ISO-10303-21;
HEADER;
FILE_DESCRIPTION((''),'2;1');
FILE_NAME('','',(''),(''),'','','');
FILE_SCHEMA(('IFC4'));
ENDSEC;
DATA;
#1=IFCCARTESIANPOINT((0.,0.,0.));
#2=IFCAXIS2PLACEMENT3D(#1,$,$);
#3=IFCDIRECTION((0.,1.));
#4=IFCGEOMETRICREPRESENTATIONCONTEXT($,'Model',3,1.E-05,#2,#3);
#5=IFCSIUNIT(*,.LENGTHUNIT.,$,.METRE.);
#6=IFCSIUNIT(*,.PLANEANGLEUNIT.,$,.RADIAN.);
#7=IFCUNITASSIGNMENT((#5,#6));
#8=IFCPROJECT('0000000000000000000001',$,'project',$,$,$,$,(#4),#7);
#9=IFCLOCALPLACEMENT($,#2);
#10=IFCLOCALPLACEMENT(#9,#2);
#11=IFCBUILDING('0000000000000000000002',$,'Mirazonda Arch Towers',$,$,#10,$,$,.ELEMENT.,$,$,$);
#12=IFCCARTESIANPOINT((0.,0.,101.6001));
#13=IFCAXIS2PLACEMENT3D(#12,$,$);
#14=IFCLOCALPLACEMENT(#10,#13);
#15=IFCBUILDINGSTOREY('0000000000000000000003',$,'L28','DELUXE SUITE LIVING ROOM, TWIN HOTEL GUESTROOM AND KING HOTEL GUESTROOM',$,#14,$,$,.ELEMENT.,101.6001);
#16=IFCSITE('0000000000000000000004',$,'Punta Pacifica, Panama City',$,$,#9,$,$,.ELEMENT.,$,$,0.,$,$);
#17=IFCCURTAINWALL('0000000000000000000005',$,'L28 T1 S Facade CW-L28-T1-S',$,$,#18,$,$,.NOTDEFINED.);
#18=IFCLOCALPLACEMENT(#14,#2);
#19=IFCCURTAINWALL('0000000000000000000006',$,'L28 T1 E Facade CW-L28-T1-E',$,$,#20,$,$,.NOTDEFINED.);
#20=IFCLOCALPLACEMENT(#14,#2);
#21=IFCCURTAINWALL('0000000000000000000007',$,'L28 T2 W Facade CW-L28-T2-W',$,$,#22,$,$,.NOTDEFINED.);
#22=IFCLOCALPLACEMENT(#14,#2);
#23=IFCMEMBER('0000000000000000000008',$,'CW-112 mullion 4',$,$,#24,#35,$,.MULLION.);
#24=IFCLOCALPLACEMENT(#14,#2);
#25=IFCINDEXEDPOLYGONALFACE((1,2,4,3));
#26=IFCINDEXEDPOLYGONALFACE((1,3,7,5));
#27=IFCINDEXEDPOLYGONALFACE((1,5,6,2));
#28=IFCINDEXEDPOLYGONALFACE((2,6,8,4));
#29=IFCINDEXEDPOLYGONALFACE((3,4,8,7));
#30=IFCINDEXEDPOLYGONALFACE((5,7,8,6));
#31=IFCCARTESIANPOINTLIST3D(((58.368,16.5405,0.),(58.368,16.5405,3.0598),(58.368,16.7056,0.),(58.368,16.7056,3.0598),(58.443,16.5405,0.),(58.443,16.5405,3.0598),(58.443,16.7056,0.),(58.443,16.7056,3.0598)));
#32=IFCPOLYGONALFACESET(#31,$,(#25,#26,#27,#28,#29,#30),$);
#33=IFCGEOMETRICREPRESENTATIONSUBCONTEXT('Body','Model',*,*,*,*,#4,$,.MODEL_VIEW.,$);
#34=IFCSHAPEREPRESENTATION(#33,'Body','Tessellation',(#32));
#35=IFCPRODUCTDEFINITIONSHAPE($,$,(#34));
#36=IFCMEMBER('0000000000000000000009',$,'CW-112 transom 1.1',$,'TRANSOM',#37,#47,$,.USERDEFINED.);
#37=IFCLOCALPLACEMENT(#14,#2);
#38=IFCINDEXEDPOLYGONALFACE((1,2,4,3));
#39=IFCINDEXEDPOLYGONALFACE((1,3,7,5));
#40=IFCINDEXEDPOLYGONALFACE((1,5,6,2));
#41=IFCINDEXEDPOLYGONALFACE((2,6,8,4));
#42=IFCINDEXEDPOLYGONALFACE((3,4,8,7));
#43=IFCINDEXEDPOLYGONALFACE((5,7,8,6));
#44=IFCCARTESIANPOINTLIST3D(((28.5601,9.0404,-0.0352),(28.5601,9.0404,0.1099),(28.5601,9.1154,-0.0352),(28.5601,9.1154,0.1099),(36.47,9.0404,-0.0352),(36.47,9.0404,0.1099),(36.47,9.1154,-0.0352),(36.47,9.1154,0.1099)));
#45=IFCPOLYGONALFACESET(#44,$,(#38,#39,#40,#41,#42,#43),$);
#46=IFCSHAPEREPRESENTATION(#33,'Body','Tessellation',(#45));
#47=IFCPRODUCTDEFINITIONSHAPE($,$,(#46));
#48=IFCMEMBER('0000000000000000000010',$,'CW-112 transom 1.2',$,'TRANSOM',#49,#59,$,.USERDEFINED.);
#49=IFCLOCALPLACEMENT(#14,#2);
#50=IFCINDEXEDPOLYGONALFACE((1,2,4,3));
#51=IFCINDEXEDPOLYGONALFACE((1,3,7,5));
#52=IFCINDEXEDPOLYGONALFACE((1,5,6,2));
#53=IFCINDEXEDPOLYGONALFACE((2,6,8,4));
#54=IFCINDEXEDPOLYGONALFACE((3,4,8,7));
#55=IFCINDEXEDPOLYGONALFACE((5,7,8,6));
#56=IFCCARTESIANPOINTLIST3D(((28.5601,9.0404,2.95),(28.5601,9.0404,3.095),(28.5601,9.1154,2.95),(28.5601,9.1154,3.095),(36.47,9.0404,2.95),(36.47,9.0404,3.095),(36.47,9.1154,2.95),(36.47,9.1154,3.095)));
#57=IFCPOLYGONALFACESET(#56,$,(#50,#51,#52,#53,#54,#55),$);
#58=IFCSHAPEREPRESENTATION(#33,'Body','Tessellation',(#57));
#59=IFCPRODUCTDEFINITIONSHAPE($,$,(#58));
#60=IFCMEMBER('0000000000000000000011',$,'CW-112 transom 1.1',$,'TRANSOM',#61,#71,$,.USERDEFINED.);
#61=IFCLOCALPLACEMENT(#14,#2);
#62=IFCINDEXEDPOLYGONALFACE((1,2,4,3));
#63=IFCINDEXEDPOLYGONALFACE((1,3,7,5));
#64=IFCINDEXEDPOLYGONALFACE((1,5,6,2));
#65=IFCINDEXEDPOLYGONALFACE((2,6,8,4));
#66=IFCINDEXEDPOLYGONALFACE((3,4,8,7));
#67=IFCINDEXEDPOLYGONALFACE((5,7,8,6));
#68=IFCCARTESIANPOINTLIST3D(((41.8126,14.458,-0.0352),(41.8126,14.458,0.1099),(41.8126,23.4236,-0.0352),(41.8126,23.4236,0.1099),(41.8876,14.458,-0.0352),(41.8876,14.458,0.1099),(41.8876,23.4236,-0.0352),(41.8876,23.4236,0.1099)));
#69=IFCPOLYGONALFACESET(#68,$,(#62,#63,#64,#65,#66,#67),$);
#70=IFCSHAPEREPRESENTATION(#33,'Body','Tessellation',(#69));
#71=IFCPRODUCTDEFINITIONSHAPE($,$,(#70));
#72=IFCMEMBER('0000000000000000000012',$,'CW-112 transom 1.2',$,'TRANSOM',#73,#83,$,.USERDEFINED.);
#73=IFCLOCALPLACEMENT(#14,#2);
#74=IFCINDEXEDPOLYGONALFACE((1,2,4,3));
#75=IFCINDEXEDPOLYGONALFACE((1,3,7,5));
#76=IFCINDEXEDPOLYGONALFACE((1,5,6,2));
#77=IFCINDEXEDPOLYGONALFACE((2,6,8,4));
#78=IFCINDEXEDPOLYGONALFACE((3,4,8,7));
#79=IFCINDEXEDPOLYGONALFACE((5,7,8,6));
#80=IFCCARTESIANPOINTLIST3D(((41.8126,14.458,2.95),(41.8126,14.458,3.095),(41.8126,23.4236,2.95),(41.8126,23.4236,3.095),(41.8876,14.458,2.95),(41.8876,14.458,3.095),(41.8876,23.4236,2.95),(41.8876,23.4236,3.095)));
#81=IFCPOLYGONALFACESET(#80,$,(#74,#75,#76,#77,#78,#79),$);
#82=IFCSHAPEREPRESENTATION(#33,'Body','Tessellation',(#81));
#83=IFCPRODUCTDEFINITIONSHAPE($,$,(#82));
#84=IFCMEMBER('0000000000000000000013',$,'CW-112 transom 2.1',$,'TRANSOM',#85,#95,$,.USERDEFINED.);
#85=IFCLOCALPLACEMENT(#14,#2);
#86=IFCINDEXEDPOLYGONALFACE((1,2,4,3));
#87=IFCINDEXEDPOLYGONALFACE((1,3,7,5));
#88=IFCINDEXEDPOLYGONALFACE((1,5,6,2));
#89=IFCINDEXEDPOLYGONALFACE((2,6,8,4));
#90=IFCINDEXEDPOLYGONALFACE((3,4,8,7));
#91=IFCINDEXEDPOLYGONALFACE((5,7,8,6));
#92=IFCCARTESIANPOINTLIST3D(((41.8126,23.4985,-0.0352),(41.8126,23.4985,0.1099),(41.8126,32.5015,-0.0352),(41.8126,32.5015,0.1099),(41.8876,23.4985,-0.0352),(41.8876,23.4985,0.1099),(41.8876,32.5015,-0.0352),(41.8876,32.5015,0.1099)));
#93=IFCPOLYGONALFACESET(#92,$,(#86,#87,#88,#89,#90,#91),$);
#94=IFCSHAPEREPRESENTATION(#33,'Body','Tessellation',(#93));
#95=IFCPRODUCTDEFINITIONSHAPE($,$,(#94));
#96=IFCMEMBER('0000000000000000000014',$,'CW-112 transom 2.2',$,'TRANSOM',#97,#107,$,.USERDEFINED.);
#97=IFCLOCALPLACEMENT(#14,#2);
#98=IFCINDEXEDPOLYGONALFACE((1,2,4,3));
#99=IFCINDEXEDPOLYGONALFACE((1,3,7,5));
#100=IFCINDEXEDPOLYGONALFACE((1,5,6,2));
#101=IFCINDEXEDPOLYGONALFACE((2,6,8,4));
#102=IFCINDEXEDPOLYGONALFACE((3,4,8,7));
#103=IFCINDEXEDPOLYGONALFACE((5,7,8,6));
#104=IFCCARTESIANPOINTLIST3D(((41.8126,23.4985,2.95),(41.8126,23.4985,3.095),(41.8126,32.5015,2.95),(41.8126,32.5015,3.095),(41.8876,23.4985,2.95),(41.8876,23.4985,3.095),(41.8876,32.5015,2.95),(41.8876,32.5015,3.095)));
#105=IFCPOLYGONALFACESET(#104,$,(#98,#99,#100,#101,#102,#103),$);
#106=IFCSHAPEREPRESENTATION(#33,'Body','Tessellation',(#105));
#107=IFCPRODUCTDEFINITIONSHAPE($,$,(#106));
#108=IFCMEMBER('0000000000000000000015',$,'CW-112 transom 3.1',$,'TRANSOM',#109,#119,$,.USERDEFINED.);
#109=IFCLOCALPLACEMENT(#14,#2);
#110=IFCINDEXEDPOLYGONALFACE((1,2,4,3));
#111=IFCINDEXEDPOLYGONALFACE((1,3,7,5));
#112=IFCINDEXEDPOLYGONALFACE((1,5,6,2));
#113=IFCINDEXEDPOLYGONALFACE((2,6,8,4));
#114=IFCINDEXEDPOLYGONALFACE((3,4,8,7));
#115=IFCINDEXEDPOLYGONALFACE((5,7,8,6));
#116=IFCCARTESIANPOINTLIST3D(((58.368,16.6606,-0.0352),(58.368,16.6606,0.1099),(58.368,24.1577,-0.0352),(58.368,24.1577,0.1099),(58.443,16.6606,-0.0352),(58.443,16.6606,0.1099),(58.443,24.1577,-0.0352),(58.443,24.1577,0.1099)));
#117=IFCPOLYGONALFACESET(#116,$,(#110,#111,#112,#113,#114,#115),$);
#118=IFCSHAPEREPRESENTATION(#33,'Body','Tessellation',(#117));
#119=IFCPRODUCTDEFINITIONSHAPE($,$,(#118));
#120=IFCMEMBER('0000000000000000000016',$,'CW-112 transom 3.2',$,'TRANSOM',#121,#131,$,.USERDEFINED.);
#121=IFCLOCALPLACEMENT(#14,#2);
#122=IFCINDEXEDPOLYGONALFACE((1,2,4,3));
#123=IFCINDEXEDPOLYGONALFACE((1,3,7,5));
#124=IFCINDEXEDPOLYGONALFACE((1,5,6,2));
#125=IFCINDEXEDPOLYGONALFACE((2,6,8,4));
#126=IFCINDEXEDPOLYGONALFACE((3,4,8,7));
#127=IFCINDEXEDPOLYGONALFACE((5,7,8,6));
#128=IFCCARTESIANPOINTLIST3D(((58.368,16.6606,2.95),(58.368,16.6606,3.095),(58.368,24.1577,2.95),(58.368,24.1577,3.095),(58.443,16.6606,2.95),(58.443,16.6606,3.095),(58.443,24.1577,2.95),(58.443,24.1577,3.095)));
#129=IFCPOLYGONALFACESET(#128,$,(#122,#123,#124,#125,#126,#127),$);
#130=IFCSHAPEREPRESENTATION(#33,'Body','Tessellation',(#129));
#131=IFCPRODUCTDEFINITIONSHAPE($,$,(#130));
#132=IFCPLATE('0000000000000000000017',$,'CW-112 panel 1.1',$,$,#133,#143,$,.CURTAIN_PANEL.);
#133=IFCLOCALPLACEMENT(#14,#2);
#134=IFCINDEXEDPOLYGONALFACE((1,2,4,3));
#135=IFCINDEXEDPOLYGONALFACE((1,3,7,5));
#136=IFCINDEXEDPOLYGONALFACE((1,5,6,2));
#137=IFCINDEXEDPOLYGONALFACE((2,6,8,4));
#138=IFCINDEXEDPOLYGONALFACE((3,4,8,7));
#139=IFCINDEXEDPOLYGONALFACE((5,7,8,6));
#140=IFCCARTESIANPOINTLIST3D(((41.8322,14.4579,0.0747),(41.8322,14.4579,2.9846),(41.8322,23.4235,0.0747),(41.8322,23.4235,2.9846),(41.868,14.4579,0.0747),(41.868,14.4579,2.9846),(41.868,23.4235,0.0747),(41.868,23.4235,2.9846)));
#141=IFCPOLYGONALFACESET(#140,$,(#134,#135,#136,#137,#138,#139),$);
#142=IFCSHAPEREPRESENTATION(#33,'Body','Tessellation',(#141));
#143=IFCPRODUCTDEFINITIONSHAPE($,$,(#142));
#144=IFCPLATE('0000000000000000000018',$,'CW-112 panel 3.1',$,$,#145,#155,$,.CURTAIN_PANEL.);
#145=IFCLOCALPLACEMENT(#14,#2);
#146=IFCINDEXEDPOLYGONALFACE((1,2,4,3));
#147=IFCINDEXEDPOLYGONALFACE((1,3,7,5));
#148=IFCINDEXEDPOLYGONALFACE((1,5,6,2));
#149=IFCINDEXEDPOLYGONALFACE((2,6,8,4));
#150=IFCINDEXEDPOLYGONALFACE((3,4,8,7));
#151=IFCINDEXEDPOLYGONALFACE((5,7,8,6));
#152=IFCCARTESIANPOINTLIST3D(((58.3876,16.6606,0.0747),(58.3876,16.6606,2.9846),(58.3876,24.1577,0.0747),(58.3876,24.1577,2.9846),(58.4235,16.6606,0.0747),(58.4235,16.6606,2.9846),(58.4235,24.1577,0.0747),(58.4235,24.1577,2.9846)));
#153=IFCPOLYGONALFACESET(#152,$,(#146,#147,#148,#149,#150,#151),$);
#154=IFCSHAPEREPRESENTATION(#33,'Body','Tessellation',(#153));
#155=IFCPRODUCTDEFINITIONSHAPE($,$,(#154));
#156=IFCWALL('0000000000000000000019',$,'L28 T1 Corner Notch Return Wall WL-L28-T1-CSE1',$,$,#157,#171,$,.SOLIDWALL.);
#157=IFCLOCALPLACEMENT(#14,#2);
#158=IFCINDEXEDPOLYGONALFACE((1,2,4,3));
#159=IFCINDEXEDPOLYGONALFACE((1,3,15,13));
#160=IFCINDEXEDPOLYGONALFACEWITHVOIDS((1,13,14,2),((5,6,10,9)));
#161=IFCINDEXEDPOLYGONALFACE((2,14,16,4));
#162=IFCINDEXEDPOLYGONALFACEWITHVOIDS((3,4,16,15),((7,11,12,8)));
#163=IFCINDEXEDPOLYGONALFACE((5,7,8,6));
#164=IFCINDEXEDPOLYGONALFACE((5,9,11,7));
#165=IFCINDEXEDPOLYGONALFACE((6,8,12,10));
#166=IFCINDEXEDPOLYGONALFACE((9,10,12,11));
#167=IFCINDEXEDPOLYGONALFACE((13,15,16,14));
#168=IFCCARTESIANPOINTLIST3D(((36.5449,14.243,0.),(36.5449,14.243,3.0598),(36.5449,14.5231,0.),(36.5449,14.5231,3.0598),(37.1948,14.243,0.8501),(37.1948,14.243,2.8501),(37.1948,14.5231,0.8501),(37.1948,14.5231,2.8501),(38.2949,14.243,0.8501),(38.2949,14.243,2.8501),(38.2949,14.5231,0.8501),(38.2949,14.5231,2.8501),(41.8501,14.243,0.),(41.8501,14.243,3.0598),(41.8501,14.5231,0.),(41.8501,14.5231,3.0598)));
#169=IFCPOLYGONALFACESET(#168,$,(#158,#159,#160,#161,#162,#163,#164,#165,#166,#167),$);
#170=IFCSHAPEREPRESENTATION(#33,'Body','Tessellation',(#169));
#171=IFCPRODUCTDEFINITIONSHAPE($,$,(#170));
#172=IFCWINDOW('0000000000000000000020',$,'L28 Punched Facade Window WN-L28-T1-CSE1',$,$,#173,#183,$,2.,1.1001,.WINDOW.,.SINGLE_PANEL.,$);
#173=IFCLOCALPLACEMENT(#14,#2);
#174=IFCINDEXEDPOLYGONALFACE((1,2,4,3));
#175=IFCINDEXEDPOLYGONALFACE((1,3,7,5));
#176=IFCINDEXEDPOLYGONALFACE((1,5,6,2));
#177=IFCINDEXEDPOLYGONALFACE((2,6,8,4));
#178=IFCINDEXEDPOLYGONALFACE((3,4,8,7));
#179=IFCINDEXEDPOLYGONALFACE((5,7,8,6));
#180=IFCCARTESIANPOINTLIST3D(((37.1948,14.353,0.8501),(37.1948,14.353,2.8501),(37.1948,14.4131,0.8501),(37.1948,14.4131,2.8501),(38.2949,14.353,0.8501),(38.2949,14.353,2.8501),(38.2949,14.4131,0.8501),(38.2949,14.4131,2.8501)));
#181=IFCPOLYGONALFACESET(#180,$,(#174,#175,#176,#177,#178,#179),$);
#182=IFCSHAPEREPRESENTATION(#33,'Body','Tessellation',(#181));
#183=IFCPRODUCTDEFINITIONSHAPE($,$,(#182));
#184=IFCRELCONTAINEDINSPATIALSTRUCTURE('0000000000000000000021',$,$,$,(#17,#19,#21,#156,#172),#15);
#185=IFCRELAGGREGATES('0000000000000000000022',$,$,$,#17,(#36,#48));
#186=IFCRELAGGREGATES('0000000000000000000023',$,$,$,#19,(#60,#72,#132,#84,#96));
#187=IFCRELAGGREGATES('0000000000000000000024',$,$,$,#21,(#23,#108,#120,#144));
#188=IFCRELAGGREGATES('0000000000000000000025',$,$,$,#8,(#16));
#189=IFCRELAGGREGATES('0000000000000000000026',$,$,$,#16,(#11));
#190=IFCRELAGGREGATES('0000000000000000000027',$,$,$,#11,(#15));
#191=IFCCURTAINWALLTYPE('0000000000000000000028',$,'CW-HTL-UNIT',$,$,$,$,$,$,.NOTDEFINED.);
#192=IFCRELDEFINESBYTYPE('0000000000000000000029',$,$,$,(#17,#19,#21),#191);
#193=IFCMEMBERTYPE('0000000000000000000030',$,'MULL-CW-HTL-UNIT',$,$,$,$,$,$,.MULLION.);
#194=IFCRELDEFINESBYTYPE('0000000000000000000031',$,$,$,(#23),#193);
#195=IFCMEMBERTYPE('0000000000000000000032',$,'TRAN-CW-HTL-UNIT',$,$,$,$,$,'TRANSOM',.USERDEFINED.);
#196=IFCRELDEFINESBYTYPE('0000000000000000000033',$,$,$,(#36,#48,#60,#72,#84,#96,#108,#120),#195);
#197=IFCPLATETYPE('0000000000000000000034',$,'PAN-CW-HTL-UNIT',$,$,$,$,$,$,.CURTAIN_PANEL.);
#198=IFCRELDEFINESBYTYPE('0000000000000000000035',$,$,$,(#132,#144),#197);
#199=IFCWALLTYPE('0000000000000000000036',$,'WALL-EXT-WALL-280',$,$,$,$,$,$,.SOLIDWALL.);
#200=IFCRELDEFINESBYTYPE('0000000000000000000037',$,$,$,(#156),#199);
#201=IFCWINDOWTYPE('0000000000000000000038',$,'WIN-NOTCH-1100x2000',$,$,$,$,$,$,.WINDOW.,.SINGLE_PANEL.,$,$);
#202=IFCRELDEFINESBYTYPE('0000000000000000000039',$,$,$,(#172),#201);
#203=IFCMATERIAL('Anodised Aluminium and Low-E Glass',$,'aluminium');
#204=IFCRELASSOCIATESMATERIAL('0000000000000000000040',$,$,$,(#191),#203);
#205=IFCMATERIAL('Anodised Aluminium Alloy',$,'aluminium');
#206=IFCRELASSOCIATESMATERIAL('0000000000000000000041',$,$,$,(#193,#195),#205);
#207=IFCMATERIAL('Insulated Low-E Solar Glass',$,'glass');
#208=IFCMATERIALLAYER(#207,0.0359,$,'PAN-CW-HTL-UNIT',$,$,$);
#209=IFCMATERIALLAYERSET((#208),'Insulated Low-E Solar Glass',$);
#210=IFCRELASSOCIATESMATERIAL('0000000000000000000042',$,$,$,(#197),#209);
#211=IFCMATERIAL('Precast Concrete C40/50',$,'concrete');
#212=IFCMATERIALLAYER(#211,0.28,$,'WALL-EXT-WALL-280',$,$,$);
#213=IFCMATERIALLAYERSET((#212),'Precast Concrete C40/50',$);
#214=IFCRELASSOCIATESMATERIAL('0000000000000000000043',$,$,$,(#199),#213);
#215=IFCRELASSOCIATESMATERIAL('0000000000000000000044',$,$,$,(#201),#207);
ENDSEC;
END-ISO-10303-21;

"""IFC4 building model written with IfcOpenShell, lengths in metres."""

from ifc_helpers import new_model, si_unit, direction, frame, frame_2d, origin, origin_2d, place, context, subcontext, project, spatial, rectangle, extrude, material, layer, layer_set, material_profile, profile_set, type_object, element, fill, aggregate, save


model = new_model("IFC4")

# Units and contexts
model_context = context("Model", 3, precision=1e-05, world=origin(), true_north=direction((0.0, 1.0)))
body_context = subcontext(model_context, "Body", "Model", "MODEL_VIEW")
ifc_project = project(units=[si_unit("LENGTHUNIT", "METRE"), si_unit("PLANEANGLEUNIT", "RADIAN")], contexts=[model_context])

# Site, building, storey
site_placement = place(None, origin())
site = spatial("IfcSite", under=ifc_project, at=site_placement, Name="Punta Pacifica, Panama City", CompositionType="ELEMENT", RefElevation=0.0)
building_placement = place(site_placement, origin())
building = spatial("IfcBuilding", under=site, at=building_placement, Name="Mirazonda Arch Towers", CompositionType="ELEMENT")
storey_placement = place(building_placement, frame((0.0, 0.0, 101.6001)))
storey = spatial("IfcBuildingStorey", under=building, at=storey_placement, Name="L28", Description="DELUXE SUITE LIVING ROOM, TWIN HOTEL GUESTROOM AND KING HOTEL GUESTROOM", CompositionType="ELEMENT", Elevation=101.6001)

# Curtain wall
ifc_material_1 = material(Name="Anodised Aluminium and Low-E Glass", Category="aluminium")
curtain_wall_type = type_object("IfcCurtainWallType", Name="CW-HTL-UNIT", PredefinedType="NOTDEFINED", material=ifc_material_1)
curtain_wall_1_placement = place(storey_placement, origin())
curtain_wall_1 = element("IfcCurtainWall", 1, at=curtain_wall_1_placement, inside=storey, type_object=curtain_wall_type, Name="L28 T1 S Facade CW-L28-T1-S", PredefinedType="NOTDEFINED")
ifc_material_2 = material(Name="Anodised Aluminium Alloy", Category="aluminium")
ifc_material_profile_1 = material_profile(ifc_material_2, rectangle(XDim=0.075, YDim=0.165, at=origin_2d()), Name="ALU-MULL-75x165")
ifc_profile_set_1 = profile_set([ifc_material_profile_1], Name="Anodised Aluminium Alloy")
member_type_1 = type_object("IfcMemberType", Name="MULL-CW-HTL-UNIT", PredefinedType="MULLION", material=ifc_profile_set_1)

# Curtain walls, member
curtain_wall_2_placement = place(storey_placement, origin())
curtain_wall_2 = element("IfcCurtainWall", 2, at=curtain_wall_2_placement, inside=storey, type_object=curtain_wall_type, Name="L28 T1 E Facade CW-L28-T1-E", PredefinedType="NOTDEFINED")
curtain_wall_3_placement = place(storey_placement, origin())
curtain_wall_3 = element("IfcCurtainWall", 3, at=curtain_wall_3_placement, inside=storey, type_object=curtain_wall_type, Name="L28 T2 W Facade CW-L28-T2-W", PredefinedType="NOTDEFINED")
member_1_placement = place(storey_placement, frame((58.4055, 16.623, 0.0), z_axis=(0.0, 0.0, 1.0), x_axis=(1.0, 0.0, 0.0)))
member_1 = element("IfcMember", 4, at=member_1_placement, type_object=member_type_1, Name="CW-112 mullion 4", PredefinedType="MULLION", context=body_context, shape_type="SweptSolid", body=[
    extrude(rectangle(XDim=0.075, YDim=0.165, at=origin_2d()), origin(), (0.0, 0.0, 1.0), 3.0598),
])

# Members
ifc_material_profile_2 = material_profile(ifc_material_2, rectangle(XDim=0.075, YDim=0.145, at=origin_2d()), Name="ALU-TRAN-75x145")
ifc_profile_set_2 = profile_set([ifc_material_profile_2], Name="Anodised Aluminium Alloy")
member_type_2 = type_object("IfcMemberType", Name="TRAN-CW-HTL-UNIT", ElementType="TRANSOM", PredefinedType="USERDEFINED", material=ifc_profile_set_2)
member_2_placement = place(storey_placement, frame((36.47, 9.0779, 0.0374), z_axis=(-1.0, 0.0, 0.0), x_axis=(0.0, -1.0, 0.0)))
member_2 = element("IfcMember", 5, at=member_2_placement, type_object=member_type_2, Name="CW-112 transom 1.1", ObjectType="TRANSOM", PredefinedType="USERDEFINED", context=body_context, shape_type="SweptSolid", body=[
    extrude(rectangle(XDim=0.075, YDim=0.145, at=origin_2d()), origin(), (0.0, 0.0, 1.0), 7.9099),
])
member_3_placement = place(storey_placement, frame((36.47, 9.0779, 3.0225), z_axis=(-1.0, 0.0, 0.0), x_axis=(0.0, -1.0, 0.0)))
member_3 = element("IfcMember", 6, at=member_3_placement, type_object=member_type_2, Name="CW-112 transom 1.2", ObjectType="TRANSOM", PredefinedType="USERDEFINED", context=body_context, shape_type="SweptSolid", body=[
    extrude(rectangle(XDim=0.075, YDim=0.145, at=origin_2d()), origin(), (0.0, 0.0, 1.0), 7.9099),
])
aggregate(curtain_wall_1, [member_2, member_3])
member_4_placement = place(storey_placement, frame((41.8501, 14.458, 0.0374), z_axis=(0.0, 1.0, 0.0), x_axis=(-1.0, 0.0, 0.0)))
member_4 = element("IfcMember", 7, at=member_4_placement, type_object=member_type_2, Name="CW-112 transom 1.1", ObjectType="TRANSOM", PredefinedType="USERDEFINED", context=body_context, shape_type="SweptSolid", body=[
    extrude(rectangle(XDim=0.075, YDim=0.145, at=origin_2d()), origin(), (0.0, 0.0, 1.0), 8.9656),
])
member_5_placement = place(storey_placement, frame((41.8501, 14.458, 3.0225), z_axis=(0.0, 1.0, 0.0), x_axis=(-1.0, 0.0, 0.0)))
member_5 = element("IfcMember", 8, at=member_5_placement, type_object=member_type_2, Name="CW-112 transom 1.2", ObjectType="TRANSOM", PredefinedType="USERDEFINED", context=body_context, shape_type="SweptSolid", body=[
    extrude(rectangle(XDim=0.075, YDim=0.145, at=origin_2d()), origin(), (0.0, 0.0, 1.0), 8.9656),
])
member_6_placement = place(storey_placement, frame((41.8501, 23.4985, 0.0374), z_axis=(0.0, 1.0, 0.0), x_axis=(-1.0, 0.0, 0.0)))
member_6 = element("IfcMember", 9, at=member_6_placement, type_object=member_type_2, Name="CW-112 transom 2.1", ObjectType="TRANSOM", PredefinedType="USERDEFINED", context=body_context, shape_type="SweptSolid", body=[
    extrude(rectangle(XDim=0.075, YDim=0.145, at=origin_2d()), origin(), (0.0, 0.0, 1.0), 9.0029),
])
member_7_placement = place(storey_placement, frame((41.8501, 23.4985, 3.0225), z_axis=(0.0, 1.0, 0.0), x_axis=(-1.0, 0.0, 0.0)))
member_7 = element("IfcMember", 10, at=member_7_placement, type_object=member_type_2, Name="CW-112 transom 2.2", ObjectType="TRANSOM", PredefinedType="USERDEFINED", context=body_context, shape_type="SweptSolid", body=[
    extrude(rectangle(XDim=0.075, YDim=0.145, at=origin_2d()), origin(), (0.0, 0.0, 1.0), 9.0029),
])
member_8_placement = place(storey_placement, frame((58.4055, 24.1577, 0.0374), z_axis=(0.0, -1.0, 0.0), x_axis=(1.0, 0.0, 0.0)))
member_8 = element("IfcMember", 11, at=member_8_placement, type_object=member_type_2, Name="CW-112 transom 3.1", ObjectType="TRANSOM", PredefinedType="USERDEFINED", context=body_context, shape_type="SweptSolid", body=[
    extrude(rectangle(XDim=0.075, YDim=0.145, at=origin_2d()), origin(), (0.0, 0.0, 1.0), 7.4971),
])
member_9_placement = place(storey_placement, frame((58.4055, 24.1577, 3.0225), z_axis=(0.0, -1.0, 0.0), x_axis=(1.0, 0.0, 0.0)))
member_9 = element("IfcMember", 12, at=member_9_placement, type_object=member_type_2, Name="CW-112 transom 3.2", ObjectType="TRANSOM", PredefinedType="USERDEFINED", context=body_context, shape_type="SweptSolid", body=[
    extrude(rectangle(XDim=0.075, YDim=0.145, at=origin_2d()), origin(), (0.0, 0.0, 1.0), 7.4971),
])

# Plates
ifc_material_3 = material(Name="Insulated Low-E Solar Glass", Category="glass")
ifc_layer_1 = layer(ifc_material_3, 0.0359, Name="PAN-CW-HTL-UNIT")
ifc_layer_set_1 = layer_set([ifc_layer_1], Name="Insulated Low-E Solar Glass")
plate_type = type_object("IfcPlateType", Name="PAN-CW-HTL-UNIT", PredefinedType="CURTAIN_PANEL", material=ifc_layer_set_1)
plate_1_placement = place(storey_placement, frame((41.8501, 18.9407, 0.0747), z_axis=(0.0, 0.0, 1.0), x_axis=(0.0, 1.0, 0.0)))
plate_1 = element("IfcPlate", 13, at=plate_1_placement, type_object=plate_type, Name="CW-112 panel 1.1", PredefinedType="CURTAIN_PANEL", context=body_context, shape_type="SweptSolid", body=[
    extrude(rectangle(XDim=8.9656, YDim=0.0359, at=origin_2d()), origin(), (0.0, 0.0, 1.0), 2.9099),
])
aggregate(curtain_wall_2, [member_4, member_5, plate_1, member_6, member_7])
plate_2_placement = place(storey_placement, frame((58.4055, 20.4092, 0.0747), z_axis=(0.0, 0.0, 1.0), x_axis=(0.0, -1.0, 0.0)))
plate_2 = element("IfcPlate", 14, at=plate_2_placement, type_object=plate_type, Name="CW-112 panel 3.1", PredefinedType="CURTAIN_PANEL", context=body_context, shape_type="SweptSolid", body=[
    extrude(rectangle(XDim=7.4971, YDim=0.0359, at=origin_2d()), origin(), (0.0, 0.0, 1.0), 2.9099),
])
aggregate(curtain_wall_3, [member_1, member_8, member_9, plate_2])

# Wall, opening, window
ifc_material_4 = material(Name="Precast Concrete C40/50", Category="concrete")
ifc_layer_2 = layer(ifc_material_4, 0.28, Name="WALL-EXT-WALL-280")
ifc_layer_set_2 = layer_set([ifc_layer_2], Name="Precast Concrete C40/50")
wall_type_1 = type_object("IfcWallType", Name="WALL-EXT-WALL-280", PredefinedType="SOLIDWALL", material=ifc_layer_set_2)
wall_1_placement = place(storey_placement, frame((36.5449, 14.3831, 0.0), z_axis=(0.0, 0.0, 1.0), x_axis=(1.0, 0.0, 0.0)))
wall_1 = element("IfcWall", 15, at=wall_1_placement, inside=storey, type_object=wall_type_1, Name="L28 T1 Corner Notch Return Wall WL-L28-T1-CSE1", PredefinedType="SOLIDWALL", context=body_context, shape_type="SweptSolid", body=[
    extrude(rectangle(XDim=5.3052, YDim=0.28, at=frame_2d((2.6526, 0.0))), origin(), (0.0, 0.0, 1.0), 3.0598),
])
opening_1_placement = place(wall_1_placement, frame((0.6499, 0.0, 0.8501)))
opening_1 = element("IfcOpeningElement", 16, at=opening_1_placement, cuts=wall_1, PredefinedType="OPENING", context=body_context, shape_type="SweptSolid", body=[
    extrude(rectangle(XDim=1.1001, YDim=2.0, at=frame_2d((0.55, 1.0))), frame((0.0, 0.1499, 0.0), z_axis=(0.0, -1.0, 0.0), x_axis=(1.0, 0.0, 0.0)), (0.0, 0.0, 1.0), 0.3),
])
window_type_1 = type_object("IfcWindowType", Name="WIN-NOTCH-1100x2000", PartitioningType="SINGLE_PANEL", PredefinedType="WINDOW", material=ifc_material_3)
window_1_placement = place(opening_1_placement, origin())
window_1 = element("IfcWindow", 17, at=window_1_placement, inside=storey, type_object=window_type_1, Name="L28 Punched Facade Window WN-L28-T1-CSE1", OverallHeight=2.0, OverallWidth=1.1001, PartitioningType="SINGLE_PANEL", PredefinedType="WINDOW", context=body_context, shape_type="SweptSolid", body=[
    extrude(rectangle(XDim=1.1001, YDim=2.0, at=frame_2d((0.55, 1.0))), frame((0.0, 0.03, 0.0), z_axis=(0.0, -1.0, 0.0), x_axis=(1.0, 0.0, 0.0)), (0.0, 0.0, 1.0), 0.0601),
])
fill(opening_1, window_1)

save(model, "model.ifc")
